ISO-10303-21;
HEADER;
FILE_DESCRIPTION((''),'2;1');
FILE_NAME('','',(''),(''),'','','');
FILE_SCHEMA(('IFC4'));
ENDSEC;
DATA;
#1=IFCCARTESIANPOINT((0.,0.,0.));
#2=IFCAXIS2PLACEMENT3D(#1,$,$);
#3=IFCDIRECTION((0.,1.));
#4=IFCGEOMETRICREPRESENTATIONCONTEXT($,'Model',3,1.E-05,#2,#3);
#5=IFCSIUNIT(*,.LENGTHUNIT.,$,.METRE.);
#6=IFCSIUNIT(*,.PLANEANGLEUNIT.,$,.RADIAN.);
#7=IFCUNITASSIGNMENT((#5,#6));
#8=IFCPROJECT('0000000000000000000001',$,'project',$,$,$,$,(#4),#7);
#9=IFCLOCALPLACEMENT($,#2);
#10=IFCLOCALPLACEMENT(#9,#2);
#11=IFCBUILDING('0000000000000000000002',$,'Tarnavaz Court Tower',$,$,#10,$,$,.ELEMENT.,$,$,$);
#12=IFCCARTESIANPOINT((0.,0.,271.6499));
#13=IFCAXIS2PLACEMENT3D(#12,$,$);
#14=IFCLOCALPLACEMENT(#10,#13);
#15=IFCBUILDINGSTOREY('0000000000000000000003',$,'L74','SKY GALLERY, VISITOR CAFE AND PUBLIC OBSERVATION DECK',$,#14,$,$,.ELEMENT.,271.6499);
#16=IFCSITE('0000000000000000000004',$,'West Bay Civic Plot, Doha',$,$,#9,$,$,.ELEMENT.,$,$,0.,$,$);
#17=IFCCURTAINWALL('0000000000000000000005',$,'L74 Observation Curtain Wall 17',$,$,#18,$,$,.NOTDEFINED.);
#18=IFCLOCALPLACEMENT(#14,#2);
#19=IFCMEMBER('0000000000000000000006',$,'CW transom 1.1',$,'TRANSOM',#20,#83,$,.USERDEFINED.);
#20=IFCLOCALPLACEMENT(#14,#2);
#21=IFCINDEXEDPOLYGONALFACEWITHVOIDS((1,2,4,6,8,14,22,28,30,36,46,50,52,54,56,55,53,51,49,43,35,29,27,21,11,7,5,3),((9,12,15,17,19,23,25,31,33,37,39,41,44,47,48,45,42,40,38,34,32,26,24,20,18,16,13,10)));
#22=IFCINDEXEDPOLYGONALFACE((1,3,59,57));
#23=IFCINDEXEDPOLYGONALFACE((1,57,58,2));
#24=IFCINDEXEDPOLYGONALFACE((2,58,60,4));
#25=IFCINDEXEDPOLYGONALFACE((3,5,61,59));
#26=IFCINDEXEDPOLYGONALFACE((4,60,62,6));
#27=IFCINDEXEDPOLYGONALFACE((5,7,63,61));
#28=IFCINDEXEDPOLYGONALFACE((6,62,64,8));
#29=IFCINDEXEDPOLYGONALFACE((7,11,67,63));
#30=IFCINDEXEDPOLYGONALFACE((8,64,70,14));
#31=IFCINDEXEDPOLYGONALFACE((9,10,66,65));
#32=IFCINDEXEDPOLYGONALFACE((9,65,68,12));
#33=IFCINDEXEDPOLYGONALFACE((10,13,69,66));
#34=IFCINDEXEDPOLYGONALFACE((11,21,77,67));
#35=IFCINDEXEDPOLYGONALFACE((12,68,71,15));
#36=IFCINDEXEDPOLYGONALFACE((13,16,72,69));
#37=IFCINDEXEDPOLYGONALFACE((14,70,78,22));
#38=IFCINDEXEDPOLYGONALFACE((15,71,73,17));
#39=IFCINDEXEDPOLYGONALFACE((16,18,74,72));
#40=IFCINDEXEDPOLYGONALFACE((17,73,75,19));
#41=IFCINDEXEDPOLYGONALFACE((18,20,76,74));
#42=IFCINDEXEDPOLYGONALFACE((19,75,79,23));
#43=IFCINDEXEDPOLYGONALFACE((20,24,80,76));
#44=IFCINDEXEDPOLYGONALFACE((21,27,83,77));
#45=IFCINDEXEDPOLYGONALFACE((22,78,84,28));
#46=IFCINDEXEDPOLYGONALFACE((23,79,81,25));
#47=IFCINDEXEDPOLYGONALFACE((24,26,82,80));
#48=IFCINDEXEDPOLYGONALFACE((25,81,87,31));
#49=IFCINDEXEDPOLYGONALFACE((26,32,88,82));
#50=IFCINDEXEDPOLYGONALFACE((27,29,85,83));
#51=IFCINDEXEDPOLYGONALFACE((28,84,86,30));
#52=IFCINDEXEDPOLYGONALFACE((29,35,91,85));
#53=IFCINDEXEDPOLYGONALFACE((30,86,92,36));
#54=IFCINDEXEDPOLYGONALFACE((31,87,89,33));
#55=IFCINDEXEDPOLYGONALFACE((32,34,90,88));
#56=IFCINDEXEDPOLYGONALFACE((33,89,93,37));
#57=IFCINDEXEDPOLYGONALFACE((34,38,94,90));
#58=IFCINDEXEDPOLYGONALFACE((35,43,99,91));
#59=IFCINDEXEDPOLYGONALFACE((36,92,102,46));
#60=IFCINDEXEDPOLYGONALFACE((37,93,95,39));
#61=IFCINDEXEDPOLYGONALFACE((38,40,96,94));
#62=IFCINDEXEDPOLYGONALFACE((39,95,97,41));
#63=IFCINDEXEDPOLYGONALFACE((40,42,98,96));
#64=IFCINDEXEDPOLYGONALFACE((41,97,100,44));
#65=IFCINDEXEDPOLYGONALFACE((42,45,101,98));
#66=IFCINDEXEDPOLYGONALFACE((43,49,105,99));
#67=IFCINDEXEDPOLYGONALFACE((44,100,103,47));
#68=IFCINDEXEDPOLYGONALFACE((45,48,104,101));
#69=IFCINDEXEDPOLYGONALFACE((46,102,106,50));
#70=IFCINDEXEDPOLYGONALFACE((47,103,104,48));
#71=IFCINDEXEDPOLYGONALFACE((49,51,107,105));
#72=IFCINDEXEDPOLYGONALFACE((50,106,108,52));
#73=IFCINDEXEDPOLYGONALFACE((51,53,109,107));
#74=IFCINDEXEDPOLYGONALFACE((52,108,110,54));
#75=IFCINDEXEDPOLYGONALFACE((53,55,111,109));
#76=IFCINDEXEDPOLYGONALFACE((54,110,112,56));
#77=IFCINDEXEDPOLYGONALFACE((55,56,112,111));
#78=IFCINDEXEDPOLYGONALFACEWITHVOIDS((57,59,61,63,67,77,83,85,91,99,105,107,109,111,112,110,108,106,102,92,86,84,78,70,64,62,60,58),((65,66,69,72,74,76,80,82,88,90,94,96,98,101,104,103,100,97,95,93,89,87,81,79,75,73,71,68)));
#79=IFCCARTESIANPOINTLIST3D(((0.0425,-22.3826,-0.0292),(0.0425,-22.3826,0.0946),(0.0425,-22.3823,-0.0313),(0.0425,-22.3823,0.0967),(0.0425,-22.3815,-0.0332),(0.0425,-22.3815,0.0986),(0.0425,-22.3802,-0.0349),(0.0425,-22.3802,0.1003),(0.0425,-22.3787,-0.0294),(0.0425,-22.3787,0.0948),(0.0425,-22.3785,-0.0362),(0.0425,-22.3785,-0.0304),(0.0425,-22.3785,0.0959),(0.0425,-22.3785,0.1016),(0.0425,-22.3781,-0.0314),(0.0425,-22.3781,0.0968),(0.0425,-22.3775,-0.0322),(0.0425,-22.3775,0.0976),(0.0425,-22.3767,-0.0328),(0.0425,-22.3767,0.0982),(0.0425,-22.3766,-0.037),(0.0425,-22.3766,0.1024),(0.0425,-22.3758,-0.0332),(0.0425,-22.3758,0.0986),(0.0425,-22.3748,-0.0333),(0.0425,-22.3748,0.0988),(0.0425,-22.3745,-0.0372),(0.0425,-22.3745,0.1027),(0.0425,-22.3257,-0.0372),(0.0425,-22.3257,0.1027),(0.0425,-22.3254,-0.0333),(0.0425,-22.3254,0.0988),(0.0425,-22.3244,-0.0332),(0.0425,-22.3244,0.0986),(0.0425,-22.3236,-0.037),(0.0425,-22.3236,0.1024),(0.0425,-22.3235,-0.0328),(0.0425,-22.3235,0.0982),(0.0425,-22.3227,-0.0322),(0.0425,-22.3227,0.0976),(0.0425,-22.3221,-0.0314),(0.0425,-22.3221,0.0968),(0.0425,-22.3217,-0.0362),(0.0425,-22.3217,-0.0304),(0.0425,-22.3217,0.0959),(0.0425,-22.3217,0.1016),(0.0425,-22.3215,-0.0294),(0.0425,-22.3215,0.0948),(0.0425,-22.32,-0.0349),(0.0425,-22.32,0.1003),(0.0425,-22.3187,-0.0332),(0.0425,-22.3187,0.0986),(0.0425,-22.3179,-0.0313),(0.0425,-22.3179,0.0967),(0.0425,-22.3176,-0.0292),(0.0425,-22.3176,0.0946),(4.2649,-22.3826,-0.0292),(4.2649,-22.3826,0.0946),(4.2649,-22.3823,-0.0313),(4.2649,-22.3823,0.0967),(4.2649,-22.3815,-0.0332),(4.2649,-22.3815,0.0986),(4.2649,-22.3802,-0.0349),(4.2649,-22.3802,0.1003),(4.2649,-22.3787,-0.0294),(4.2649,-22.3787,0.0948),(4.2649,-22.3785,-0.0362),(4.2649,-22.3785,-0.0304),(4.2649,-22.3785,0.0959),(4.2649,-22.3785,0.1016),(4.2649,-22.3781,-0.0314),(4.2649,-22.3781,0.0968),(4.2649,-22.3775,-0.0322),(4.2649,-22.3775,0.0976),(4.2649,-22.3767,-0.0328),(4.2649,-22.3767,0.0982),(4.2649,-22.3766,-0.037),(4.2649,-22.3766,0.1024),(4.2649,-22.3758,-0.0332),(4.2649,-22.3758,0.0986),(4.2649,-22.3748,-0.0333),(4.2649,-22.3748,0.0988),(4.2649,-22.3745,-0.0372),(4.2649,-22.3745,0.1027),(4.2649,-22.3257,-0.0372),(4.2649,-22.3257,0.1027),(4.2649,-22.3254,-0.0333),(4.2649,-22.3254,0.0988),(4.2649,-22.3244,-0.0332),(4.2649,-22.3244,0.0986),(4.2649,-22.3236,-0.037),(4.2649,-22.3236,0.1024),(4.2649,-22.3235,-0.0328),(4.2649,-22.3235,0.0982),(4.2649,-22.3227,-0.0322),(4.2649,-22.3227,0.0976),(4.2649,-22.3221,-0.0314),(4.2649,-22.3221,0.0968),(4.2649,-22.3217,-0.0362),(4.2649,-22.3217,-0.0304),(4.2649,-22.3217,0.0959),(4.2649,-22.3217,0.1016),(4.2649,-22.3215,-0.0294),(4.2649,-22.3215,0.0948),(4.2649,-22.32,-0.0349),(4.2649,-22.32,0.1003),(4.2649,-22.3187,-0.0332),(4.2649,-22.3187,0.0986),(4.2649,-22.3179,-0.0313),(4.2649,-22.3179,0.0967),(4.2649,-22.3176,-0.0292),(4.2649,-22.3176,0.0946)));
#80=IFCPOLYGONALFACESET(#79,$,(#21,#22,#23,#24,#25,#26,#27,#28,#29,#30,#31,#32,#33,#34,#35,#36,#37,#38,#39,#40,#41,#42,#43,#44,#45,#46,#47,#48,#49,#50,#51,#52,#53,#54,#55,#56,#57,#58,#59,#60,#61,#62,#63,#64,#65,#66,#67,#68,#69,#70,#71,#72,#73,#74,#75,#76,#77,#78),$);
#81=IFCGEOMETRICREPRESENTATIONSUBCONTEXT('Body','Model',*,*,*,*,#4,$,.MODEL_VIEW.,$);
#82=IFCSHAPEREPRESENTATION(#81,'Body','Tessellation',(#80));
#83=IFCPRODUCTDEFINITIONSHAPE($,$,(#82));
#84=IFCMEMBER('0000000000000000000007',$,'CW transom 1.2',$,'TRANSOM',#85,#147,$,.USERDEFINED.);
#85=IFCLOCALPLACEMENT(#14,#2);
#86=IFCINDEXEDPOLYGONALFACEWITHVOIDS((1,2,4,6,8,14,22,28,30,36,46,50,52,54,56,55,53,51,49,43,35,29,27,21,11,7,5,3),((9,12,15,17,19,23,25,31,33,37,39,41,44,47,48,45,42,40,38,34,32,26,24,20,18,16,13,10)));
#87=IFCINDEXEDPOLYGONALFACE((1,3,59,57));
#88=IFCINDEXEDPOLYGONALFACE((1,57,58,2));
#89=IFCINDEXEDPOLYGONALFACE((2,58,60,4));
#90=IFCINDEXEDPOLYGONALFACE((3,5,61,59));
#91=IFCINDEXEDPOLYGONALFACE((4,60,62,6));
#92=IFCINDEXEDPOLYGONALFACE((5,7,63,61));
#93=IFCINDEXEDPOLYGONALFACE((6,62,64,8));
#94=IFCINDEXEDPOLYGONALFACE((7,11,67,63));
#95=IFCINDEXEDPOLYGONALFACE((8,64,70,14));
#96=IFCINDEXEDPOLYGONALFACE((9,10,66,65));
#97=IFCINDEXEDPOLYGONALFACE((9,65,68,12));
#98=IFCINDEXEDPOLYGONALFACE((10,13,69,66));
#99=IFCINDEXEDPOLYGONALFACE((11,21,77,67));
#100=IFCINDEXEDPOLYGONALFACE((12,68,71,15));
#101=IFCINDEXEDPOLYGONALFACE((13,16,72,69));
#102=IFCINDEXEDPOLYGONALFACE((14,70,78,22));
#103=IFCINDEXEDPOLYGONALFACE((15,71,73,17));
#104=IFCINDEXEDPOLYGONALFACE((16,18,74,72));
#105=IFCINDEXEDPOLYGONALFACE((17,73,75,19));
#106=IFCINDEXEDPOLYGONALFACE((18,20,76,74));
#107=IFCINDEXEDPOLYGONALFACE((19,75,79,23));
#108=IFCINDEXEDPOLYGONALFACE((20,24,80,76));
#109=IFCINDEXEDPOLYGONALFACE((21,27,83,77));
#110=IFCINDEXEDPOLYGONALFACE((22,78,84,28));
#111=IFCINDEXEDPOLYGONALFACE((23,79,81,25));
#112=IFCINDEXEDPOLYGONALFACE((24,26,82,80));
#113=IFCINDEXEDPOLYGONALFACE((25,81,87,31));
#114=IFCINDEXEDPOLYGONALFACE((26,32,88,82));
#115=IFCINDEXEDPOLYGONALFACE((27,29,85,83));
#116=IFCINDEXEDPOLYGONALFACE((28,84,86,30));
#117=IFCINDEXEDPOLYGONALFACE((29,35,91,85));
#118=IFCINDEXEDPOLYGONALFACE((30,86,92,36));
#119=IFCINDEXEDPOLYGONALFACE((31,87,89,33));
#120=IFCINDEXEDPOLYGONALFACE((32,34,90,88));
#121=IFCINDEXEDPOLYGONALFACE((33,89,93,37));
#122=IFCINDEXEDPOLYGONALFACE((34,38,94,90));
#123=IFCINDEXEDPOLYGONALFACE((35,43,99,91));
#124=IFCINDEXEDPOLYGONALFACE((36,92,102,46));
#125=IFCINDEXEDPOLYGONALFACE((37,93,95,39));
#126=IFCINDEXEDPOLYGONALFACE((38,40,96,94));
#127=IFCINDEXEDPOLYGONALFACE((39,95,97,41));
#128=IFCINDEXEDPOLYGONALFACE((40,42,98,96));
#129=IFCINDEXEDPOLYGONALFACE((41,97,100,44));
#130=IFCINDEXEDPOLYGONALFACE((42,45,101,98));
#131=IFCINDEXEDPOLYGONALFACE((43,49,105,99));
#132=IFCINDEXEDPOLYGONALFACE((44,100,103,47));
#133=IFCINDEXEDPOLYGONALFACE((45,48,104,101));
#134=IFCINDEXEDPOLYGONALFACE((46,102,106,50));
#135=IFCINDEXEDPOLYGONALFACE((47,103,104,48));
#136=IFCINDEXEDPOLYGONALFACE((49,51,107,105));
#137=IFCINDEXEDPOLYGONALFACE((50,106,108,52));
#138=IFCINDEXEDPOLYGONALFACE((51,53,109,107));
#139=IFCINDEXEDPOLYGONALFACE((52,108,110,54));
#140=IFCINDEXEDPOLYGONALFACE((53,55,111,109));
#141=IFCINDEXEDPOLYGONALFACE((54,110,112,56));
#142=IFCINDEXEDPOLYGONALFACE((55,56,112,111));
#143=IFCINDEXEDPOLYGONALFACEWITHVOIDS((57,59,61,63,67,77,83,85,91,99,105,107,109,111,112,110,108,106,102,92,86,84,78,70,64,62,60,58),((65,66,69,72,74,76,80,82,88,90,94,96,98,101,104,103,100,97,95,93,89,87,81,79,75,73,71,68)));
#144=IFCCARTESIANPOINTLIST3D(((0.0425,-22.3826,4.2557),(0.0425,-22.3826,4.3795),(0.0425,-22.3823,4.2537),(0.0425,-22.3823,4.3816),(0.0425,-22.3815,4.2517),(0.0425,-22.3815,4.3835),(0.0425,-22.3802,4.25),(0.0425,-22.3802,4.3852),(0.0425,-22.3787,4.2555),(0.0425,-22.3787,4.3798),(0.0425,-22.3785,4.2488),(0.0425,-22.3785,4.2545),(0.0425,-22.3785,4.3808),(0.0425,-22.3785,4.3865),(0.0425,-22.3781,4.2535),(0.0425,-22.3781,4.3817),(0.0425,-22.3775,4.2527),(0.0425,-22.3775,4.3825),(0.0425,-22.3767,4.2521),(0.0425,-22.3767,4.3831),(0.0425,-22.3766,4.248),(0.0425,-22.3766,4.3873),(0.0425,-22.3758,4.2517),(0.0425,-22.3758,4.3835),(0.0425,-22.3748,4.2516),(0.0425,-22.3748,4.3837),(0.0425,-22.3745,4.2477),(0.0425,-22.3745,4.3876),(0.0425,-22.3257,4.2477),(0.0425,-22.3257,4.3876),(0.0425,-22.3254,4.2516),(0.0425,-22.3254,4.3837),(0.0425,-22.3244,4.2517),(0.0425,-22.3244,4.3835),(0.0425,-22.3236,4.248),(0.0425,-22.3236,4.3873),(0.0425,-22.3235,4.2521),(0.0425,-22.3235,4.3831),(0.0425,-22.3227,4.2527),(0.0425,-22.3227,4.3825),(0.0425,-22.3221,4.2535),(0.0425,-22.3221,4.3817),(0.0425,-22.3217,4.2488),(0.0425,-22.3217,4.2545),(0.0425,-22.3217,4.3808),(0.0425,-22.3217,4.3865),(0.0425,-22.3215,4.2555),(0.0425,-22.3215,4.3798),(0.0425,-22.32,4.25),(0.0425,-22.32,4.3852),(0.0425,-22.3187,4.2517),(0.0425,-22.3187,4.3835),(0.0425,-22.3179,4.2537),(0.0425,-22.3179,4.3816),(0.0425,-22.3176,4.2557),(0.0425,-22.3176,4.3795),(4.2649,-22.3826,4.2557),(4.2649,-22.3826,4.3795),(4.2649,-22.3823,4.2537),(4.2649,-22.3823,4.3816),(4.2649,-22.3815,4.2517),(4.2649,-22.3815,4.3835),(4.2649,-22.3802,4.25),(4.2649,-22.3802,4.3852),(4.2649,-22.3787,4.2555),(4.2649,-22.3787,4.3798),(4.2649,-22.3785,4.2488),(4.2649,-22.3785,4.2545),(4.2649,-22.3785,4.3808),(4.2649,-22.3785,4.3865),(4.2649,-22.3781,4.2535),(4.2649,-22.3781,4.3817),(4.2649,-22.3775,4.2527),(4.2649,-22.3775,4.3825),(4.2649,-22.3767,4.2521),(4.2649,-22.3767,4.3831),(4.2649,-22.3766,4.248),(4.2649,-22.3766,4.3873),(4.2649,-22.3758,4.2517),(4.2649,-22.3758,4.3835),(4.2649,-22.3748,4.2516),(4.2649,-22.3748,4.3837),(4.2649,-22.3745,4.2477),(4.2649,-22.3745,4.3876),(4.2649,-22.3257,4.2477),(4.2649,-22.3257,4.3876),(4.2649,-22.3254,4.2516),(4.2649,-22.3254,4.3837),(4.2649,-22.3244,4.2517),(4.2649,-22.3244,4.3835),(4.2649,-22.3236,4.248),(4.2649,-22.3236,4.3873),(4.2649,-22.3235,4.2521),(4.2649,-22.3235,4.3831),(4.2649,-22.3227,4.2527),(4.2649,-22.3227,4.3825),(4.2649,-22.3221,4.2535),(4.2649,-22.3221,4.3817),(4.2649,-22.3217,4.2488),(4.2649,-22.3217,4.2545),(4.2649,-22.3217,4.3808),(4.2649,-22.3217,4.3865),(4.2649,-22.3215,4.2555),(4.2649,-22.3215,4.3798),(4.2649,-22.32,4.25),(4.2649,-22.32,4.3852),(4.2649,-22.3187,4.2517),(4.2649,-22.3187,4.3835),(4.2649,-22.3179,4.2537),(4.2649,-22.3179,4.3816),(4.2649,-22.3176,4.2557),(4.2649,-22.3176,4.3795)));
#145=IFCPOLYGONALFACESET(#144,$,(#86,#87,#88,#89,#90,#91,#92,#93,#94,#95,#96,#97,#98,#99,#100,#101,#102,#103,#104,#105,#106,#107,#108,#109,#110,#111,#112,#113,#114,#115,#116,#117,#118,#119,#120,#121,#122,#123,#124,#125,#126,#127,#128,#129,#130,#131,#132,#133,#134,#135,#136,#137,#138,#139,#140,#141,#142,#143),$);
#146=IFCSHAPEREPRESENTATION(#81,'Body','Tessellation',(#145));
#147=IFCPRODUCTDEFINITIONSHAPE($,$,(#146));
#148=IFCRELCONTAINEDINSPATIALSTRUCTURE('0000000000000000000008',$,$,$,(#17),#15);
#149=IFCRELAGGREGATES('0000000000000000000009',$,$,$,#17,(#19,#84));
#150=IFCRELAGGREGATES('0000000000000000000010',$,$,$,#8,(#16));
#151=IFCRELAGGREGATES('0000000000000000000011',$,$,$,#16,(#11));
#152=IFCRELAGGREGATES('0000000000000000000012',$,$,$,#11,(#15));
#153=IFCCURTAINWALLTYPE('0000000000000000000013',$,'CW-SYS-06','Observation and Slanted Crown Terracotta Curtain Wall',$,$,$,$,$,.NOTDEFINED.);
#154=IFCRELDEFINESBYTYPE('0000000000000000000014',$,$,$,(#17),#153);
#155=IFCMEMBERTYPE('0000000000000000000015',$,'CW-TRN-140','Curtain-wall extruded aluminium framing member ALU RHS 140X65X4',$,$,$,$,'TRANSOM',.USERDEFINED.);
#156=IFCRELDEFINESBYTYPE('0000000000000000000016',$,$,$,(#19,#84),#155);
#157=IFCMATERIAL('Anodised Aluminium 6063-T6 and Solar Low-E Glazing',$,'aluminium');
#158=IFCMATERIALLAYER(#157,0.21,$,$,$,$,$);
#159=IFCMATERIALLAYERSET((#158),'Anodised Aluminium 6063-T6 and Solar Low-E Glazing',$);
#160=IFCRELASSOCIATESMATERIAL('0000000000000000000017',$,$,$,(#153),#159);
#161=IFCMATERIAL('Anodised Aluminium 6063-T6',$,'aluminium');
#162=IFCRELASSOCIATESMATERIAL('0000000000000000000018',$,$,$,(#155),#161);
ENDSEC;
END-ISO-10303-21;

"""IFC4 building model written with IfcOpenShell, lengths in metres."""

from ifc_helpers import new_model, si_unit, direction, frame, origin, origin_2d, place, context, subcontext, project, spatial, hollow_rectangle, extrude, material, layer, layer_set, material_profile, profile_set, type_object, element, aggregate, save


model = new_model("IFC4")

# Units and contexts
model_context = context("Model", 3, precision=1e-05, world=origin(), true_north=direction((0.0, 1.0)))
body_context = subcontext(model_context, "Body", "Model", "MODEL_VIEW")
ifc_project = project(units=[si_unit("LENGTHUNIT", "METRE"), si_unit("PLANEANGLEUNIT", "RADIAN")], contexts=[model_context])

# Site, building, storey
site_placement = place(None, origin())
site = spatial("IfcSite", under=ifc_project, at=site_placement, Name="West Bay Civic Plot, Doha", CompositionType="ELEMENT", RefElevation=0.0)
building_placement = place(site_placement, origin())
building = spatial("IfcBuilding", under=site, at=building_placement, Name="Tarnavaz Court Tower", CompositionType="ELEMENT")
storey_placement = place(building_placement, frame((0.0, 0.0, 271.6499)))
storey = spatial("IfcBuildingStorey", under=building, at=storey_placement, Name="L74", Description="SKY GALLERY, VISITOR CAFE AND PUBLIC OBSERVATION DECK", CompositionType="ELEMENT", Elevation=271.6499)

# Curtain wall, members
ifc_material_1 = material(Name="Anodised Aluminium 6063-T6 and Solar Low-E Glazing", Category="aluminium")
ifc_layer_1 = layer(ifc_material_1, 0.21)
ifc_layer_set_1 = layer_set([ifc_layer_1], Name="Anodised Aluminium 6063-T6 and Solar Low-E Glazing")
curtain_wall_type = type_object("IfcCurtainWallType", Name="CW-SYS-06", Description="Observation and Slanted Crown Terracotta Curtain Wall", PredefinedType="NOTDEFINED", material=ifc_layer_set_1)
curtain_wall_placement = place(storey_placement, origin())
curtain_wall = element("IfcCurtainWall", 1, at=curtain_wall_placement, inside=storey, type_object=curtain_wall_type, Name="L74 Observation Curtain Wall 17", PredefinedType="NOTDEFINED")
ifc_material_2 = material(Name="Anodised Aluminium 6063-T6", Category="aluminium")
ifc_material_profile_1 = material_profile(ifc_material_2, hollow_rectangle(XDim=0.0649, YDim=0.1399, WallThickness=0.0039, InnerFilletRadius=0.0039, OuterFilletRadius=0.0081, at=origin_2d()), Name="ALU RHS 140X65X4")
ifc_profile_set_1 = profile_set([ifc_material_profile_1], Name="Anodised Aluminium 6063-T6")
member_type_1 = type_object("IfcMemberType", Name="CW-TRN-140", Description="Curtain-wall extruded aluminium framing member ALU RHS 140X65X4", ElementType="TRANSOM", PredefinedType="USERDEFINED", material=ifc_profile_set_1)
member_1_placement = place(storey_placement, frame((4.2649, -22.3501, 0.0327), z_axis=(-1.0, 0.0, 0.0), x_axis=(0.0, -1.0, 0.0)))
member_1 = element("IfcMember", 2, at=member_1_placement, type_object=member_type_1, Name="CW transom 1.1", ObjectType="TRANSOM", PredefinedType="USERDEFINED", context=body_context, shape_type="SweptSolid", body=[
    extrude(hollow_rectangle(XDim=0.0649, YDim=0.1399, WallThickness=0.0039, InnerFilletRadius=0.0039, OuterFilletRadius=0.0081, at=origin_2d()), origin(), (0.0, 0.0, 1.0), 4.2224),
])
member_2_placement = place(storey_placement, frame((4.2649, -22.3501, 4.3176), z_axis=(-1.0, 0.0, 0.0), x_axis=(0.0, -1.0, 0.0)))
member_2 = element("IfcMember", 3, at=member_2_placement, type_object=member_type_1, Name="CW transom 1.2", ObjectType="TRANSOM", PredefinedType="USERDEFINED", context=body_context, shape_type="SweptSolid", body=[
    extrude(hollow_rectangle(XDim=0.0649, YDim=0.1399, WallThickness=0.0039, InnerFilletRadius=0.0039, OuterFilletRadius=0.0081, at=origin_2d()), origin(), (0.0, 0.0, 1.0), 4.2224),
])
aggregate(curtain_wall, [member_1, member_2])

save(model, "model.ifc")
